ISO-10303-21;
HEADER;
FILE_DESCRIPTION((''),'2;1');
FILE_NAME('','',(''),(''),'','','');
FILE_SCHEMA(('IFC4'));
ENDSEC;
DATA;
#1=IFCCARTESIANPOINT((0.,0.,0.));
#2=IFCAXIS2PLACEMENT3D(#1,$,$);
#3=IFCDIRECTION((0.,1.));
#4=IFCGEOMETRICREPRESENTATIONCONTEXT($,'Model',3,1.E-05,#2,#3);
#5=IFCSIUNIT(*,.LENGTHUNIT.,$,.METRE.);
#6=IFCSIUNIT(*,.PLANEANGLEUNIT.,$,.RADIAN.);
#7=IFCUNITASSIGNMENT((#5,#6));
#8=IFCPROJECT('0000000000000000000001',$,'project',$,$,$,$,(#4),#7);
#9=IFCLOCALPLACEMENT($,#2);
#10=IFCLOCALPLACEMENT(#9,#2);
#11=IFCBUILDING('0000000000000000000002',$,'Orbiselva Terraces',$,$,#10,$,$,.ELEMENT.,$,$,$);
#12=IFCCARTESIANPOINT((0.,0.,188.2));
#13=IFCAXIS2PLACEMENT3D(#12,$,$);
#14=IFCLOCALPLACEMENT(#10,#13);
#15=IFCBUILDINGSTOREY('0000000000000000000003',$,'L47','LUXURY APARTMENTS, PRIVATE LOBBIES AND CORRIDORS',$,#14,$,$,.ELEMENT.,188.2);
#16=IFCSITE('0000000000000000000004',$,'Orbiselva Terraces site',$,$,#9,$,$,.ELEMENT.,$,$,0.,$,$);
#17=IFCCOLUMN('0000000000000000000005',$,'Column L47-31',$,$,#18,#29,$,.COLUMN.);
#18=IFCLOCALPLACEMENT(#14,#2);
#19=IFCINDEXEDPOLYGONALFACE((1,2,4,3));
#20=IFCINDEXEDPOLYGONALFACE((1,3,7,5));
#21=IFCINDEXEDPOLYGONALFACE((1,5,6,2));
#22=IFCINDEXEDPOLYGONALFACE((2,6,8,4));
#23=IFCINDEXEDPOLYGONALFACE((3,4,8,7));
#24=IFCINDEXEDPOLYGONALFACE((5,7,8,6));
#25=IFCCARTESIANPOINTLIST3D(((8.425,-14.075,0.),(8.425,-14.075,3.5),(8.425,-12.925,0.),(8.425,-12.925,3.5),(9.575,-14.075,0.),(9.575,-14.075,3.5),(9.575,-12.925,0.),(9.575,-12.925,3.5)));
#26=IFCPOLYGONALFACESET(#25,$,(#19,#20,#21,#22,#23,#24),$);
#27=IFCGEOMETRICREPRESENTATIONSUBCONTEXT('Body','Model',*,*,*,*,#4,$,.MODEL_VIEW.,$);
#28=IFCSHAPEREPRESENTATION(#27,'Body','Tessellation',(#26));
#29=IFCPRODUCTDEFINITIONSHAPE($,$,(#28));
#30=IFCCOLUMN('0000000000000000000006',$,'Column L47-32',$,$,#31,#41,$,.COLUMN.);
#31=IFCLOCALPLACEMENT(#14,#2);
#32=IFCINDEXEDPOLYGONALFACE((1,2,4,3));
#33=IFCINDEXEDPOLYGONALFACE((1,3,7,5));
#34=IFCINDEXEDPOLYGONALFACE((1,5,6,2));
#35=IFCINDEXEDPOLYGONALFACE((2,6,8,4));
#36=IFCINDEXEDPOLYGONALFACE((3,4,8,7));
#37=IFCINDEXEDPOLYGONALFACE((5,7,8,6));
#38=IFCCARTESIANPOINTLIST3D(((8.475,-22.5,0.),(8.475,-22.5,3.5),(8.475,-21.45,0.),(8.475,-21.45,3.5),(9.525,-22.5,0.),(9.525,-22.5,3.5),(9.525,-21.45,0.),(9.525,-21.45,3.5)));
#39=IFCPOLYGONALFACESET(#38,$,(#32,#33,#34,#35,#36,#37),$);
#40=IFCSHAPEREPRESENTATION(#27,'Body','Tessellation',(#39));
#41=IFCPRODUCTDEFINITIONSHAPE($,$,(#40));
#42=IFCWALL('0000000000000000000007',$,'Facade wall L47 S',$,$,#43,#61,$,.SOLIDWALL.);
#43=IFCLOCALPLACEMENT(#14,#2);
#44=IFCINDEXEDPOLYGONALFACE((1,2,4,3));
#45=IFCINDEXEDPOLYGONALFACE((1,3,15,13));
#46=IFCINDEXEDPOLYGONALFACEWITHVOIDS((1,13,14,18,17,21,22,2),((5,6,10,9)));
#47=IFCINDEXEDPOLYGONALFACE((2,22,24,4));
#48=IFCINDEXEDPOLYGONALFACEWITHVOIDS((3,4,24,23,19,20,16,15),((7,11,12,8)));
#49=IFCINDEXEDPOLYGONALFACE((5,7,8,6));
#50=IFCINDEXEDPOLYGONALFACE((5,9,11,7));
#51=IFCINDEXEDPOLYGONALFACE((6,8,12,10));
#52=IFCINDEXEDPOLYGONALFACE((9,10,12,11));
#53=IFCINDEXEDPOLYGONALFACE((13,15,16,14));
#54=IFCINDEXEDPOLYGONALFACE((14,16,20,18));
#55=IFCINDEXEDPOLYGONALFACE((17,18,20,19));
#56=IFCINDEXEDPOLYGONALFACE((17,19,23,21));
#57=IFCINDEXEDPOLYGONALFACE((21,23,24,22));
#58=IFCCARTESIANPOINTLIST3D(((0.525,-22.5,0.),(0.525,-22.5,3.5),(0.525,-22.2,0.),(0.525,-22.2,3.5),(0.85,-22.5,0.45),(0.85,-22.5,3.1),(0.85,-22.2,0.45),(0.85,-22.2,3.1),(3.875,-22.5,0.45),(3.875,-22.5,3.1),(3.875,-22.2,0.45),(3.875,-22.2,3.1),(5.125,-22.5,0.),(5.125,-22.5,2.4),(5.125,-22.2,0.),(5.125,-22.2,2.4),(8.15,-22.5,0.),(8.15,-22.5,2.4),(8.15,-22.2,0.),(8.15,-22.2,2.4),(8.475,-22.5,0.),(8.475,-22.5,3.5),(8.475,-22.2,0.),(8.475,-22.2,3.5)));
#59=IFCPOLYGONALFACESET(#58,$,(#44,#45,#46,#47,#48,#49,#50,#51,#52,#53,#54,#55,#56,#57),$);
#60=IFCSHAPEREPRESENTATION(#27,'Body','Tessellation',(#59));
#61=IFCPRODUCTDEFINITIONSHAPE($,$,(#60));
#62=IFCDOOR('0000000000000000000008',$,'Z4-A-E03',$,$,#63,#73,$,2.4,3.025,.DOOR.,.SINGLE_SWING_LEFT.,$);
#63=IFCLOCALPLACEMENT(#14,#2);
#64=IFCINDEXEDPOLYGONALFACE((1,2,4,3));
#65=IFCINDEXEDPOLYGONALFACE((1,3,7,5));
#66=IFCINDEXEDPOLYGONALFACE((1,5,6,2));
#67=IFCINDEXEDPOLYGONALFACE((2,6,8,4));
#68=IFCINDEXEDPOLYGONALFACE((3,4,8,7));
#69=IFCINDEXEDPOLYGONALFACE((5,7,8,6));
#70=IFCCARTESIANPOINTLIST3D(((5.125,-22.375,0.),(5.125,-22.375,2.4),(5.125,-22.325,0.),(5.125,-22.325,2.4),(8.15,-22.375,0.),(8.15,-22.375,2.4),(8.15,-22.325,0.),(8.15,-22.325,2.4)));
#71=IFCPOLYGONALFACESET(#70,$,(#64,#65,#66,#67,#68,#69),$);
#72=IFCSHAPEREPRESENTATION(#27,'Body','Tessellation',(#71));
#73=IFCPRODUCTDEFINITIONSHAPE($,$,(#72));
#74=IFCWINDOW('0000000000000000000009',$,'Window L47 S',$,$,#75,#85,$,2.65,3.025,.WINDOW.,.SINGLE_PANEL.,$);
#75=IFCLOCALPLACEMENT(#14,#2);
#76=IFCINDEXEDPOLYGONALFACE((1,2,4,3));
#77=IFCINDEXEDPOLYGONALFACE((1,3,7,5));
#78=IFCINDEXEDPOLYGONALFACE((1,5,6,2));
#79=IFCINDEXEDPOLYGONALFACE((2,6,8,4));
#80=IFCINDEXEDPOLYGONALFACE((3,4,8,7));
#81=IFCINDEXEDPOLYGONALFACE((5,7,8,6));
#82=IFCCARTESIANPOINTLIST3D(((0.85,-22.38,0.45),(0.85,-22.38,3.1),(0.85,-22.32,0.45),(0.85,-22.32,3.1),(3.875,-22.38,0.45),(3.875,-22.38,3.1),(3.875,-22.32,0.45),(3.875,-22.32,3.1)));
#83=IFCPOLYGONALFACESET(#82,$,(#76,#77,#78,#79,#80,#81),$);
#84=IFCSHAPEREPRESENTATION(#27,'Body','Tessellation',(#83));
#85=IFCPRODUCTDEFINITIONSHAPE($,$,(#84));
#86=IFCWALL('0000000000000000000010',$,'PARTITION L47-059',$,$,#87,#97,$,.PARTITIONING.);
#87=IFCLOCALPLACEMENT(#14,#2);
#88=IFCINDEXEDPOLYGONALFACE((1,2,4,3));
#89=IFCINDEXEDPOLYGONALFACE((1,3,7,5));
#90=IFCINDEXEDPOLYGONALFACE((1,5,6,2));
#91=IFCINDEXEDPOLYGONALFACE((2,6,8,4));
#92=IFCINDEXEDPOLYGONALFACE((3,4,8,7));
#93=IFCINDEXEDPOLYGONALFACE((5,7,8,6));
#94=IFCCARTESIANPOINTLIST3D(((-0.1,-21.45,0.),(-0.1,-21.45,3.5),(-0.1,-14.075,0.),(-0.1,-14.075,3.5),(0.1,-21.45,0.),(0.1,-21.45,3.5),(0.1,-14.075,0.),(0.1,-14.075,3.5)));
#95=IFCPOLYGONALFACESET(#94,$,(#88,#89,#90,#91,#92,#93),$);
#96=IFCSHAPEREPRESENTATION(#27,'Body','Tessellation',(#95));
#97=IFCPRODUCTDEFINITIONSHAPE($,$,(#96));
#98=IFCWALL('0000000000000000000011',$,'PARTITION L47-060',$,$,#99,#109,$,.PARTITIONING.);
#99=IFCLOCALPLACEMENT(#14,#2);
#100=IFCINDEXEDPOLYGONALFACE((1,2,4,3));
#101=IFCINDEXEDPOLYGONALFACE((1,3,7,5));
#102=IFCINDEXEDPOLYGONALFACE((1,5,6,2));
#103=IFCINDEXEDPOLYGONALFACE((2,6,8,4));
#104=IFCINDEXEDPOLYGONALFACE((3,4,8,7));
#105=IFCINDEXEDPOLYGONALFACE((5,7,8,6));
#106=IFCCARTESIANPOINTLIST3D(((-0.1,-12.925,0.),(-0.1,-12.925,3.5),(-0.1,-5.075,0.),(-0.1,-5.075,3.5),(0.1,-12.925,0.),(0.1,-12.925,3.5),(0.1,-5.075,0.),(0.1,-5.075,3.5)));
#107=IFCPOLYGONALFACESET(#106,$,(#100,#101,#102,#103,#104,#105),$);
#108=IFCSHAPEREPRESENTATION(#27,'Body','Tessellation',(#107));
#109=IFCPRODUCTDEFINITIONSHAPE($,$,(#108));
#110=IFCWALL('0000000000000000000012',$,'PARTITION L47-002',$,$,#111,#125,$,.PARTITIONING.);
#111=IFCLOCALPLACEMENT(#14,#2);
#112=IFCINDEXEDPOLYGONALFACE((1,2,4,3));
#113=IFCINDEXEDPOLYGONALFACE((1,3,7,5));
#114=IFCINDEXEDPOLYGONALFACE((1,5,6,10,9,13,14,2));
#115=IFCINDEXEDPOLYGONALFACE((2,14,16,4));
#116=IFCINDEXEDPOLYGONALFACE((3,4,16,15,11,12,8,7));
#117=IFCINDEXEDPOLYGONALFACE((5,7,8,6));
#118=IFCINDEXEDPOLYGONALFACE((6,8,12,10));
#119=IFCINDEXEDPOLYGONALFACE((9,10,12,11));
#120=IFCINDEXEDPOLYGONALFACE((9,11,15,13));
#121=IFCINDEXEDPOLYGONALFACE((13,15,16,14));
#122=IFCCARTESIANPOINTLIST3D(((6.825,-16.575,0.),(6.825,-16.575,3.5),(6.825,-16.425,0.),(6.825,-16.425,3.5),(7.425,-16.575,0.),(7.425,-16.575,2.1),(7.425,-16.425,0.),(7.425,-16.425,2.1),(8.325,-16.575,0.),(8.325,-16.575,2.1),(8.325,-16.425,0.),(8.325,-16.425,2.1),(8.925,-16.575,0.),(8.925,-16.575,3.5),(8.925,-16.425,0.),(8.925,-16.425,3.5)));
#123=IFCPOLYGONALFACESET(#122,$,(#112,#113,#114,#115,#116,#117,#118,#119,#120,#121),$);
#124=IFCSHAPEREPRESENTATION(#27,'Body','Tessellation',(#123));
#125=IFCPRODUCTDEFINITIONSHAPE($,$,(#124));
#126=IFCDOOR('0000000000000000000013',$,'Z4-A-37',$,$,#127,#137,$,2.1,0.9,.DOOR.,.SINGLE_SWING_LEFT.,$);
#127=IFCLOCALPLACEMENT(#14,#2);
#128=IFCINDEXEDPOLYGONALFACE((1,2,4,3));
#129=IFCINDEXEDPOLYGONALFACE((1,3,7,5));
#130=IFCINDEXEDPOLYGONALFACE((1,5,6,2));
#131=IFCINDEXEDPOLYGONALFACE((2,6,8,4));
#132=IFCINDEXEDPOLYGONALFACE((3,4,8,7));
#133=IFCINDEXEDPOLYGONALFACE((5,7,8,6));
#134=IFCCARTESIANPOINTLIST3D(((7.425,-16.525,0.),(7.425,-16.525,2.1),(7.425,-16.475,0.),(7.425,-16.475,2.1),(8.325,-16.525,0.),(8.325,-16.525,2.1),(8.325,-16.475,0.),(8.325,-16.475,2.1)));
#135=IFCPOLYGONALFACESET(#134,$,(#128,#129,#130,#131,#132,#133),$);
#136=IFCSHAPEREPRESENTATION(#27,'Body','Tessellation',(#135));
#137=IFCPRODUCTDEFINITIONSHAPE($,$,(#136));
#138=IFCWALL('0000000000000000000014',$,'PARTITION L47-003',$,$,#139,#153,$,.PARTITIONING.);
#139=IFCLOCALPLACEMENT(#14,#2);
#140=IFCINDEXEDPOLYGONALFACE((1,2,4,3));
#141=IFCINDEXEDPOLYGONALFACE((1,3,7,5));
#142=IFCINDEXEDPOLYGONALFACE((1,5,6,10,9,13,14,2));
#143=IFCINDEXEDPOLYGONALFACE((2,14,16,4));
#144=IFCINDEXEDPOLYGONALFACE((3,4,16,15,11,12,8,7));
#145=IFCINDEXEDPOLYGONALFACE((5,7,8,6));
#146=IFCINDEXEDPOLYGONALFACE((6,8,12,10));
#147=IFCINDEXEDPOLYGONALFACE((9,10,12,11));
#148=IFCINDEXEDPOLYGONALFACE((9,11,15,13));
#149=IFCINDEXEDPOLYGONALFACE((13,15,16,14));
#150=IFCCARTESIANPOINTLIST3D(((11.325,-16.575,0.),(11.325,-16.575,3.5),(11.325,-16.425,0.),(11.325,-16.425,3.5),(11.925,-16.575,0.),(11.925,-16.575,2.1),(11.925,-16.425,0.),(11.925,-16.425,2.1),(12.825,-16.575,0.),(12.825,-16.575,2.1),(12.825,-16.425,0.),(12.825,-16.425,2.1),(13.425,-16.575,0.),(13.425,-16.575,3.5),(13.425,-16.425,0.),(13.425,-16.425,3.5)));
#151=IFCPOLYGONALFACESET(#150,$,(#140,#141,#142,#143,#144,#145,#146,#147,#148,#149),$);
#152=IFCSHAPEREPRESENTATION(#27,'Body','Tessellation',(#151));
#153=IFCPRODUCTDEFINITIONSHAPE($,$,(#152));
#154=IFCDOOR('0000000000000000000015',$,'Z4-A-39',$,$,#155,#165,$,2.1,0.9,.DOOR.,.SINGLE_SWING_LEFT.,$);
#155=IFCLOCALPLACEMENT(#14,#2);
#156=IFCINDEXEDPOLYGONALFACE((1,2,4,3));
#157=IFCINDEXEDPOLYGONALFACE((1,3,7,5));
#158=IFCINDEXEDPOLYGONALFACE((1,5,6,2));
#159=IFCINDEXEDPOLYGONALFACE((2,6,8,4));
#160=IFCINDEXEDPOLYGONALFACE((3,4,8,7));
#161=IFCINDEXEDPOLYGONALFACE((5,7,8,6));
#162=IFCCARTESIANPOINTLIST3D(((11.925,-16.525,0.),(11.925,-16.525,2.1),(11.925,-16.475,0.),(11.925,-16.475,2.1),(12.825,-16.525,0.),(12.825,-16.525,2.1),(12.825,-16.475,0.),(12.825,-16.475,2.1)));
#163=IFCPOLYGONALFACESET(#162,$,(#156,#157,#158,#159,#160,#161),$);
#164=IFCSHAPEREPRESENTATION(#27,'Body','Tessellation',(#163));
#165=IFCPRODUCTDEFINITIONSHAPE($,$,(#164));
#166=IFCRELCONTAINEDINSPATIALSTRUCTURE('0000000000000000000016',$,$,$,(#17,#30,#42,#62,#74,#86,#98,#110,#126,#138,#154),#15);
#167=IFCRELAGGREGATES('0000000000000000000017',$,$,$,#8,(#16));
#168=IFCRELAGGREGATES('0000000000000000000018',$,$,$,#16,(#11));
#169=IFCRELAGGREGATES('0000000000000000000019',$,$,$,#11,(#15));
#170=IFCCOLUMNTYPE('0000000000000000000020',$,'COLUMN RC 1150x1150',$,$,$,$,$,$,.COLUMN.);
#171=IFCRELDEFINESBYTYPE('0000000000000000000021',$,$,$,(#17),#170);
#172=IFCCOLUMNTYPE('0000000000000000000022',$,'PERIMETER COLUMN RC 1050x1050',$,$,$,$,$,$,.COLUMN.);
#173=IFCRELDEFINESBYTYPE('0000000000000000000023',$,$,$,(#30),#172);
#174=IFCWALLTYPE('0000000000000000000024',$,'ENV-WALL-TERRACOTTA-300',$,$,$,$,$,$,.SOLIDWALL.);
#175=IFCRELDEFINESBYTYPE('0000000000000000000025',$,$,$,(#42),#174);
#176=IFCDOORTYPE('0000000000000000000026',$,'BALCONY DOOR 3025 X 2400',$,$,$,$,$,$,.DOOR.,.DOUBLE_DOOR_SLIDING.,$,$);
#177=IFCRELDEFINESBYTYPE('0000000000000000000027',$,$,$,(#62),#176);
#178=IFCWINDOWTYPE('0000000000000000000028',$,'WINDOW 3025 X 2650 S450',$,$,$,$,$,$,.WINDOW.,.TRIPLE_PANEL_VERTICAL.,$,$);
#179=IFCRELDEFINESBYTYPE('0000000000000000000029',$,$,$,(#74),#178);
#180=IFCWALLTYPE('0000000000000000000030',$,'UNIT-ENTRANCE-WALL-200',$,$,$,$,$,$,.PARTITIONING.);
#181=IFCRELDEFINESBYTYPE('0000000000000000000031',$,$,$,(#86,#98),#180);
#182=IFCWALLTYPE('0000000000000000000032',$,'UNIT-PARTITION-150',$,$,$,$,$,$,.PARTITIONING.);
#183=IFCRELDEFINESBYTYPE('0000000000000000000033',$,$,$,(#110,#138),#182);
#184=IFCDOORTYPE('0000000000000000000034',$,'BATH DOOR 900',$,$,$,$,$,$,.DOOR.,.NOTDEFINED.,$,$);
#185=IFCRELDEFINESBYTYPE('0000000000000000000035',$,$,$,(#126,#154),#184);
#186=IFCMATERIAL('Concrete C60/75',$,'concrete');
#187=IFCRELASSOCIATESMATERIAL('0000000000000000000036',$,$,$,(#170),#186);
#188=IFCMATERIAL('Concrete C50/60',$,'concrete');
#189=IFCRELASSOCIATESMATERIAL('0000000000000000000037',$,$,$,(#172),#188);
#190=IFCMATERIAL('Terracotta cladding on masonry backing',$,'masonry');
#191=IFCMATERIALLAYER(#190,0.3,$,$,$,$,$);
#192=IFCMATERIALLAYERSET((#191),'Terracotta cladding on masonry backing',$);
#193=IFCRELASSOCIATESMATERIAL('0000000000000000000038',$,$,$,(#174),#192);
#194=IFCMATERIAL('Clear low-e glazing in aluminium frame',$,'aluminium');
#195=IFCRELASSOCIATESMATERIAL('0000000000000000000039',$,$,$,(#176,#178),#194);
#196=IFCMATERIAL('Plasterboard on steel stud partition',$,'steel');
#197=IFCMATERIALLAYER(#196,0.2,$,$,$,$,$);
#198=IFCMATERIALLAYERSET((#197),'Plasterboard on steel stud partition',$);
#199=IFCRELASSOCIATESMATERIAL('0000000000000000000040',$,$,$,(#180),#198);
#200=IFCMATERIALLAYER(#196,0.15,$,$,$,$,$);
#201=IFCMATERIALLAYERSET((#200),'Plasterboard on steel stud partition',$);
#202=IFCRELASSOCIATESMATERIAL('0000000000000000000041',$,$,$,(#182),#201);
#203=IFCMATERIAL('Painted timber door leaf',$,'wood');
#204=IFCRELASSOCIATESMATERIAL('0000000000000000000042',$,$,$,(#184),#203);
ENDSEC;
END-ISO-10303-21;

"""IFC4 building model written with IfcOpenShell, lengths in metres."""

from ifc_helpers import new_model, si_unit, direction, frame, frame_2d, origin, origin_2d, place, context, subcontext, project, spatial, rectangle, extrude, material, layer, layer_set, material_profile, profile_set, type_object, element, fill, save


model = new_model("IFC4")

# Units and contexts
model_context = context("Model", 3, precision=1e-05, world=origin(), true_north=direction((0.0, 1.0)))
body_context = subcontext(model_context, "Body", "Model", "MODEL_VIEW")
ifc_project = project(units=[si_unit("LENGTHUNIT", "METRE"), si_unit("PLANEANGLEUNIT", "RADIAN")], contexts=[model_context])

# Site, building, storey
site_placement = place(None, origin())
site = spatial("IfcSite", under=ifc_project, at=site_placement, Name="Orbiselva Terraces site", CompositionType="ELEMENT", RefElevation=0.0)
building_placement = place(site_placement, origin())
building = spatial("IfcBuilding", under=site, at=building_placement, Name="Orbiselva Terraces", CompositionType="ELEMENT")
storey_placement = place(building_placement, frame((0.0, 0.0, 188.2)))
storey = spatial("IfcBuildingStorey", under=building, at=storey_placement, Name="L47", Description="LUXURY APARTMENTS, PRIVATE LOBBIES AND CORRIDORS", CompositionType="ELEMENT", Elevation=188.2)

# Columns
ifc_material_1 = material(Name="Concrete C60/75", Category="concrete")
ifc_material_profile_1 = material_profile(ifc_material_1, rectangle(XDim=1.15, YDim=1.15, at=origin_2d()), Name="RC 1150x1150")
ifc_profile_set_1 = profile_set([ifc_material_profile_1], Name="Concrete C60/75")
column_type_1 = type_object("IfcColumnType", Name="COLUMN RC 1150x1150", PredefinedType="COLUMN", material=ifc_profile_set_1)
column_1_placement = place(storey_placement, frame((9.0, -13.5, 0.0), z_axis=(0.0, 0.0, 1.0), x_axis=(1.0, 0.0, 0.0)))
element("IfcColumn", 1, at=column_1_placement, inside=storey, type_object=column_type_1, Name="Column L47-31", PredefinedType="COLUMN", context=body_context, shape_type="SweptSolid", body=[
    extrude(rectangle(XDim=1.15, YDim=1.15, at=origin_2d()), origin(), (0.0, 0.0, 1.0), 3.5),
])
ifc_material_2 = material(Name="Concrete C50/60", Category="concrete")
ifc_material_profile_2 = material_profile(ifc_material_2, rectangle(XDim=1.05, YDim=1.05, at=origin_2d()), Name="RC 1050x1050")
ifc_profile_set_2 = profile_set([ifc_material_profile_2], Name="Concrete C50/60")
column_type_2 = type_object("IfcColumnType", Name="PERIMETER COLUMN RC 1050x1050", PredefinedType="COLUMN", material=ifc_profile_set_2)
column_2_placement = place(storey_placement, frame((9.0, -21.975, 0.0), z_axis=(0.0, 0.0, 1.0), x_axis=(1.0, 0.0, 0.0)))
element("IfcColumn", 2, at=column_2_placement, inside=storey, type_object=column_type_2, Name="Column L47-32", PredefinedType="COLUMN", context=body_context, shape_type="SweptSolid", body=[
    extrude(rectangle(XDim=1.05, YDim=1.05, at=origin_2d()), origin(), (0.0, 0.0, 1.0), 3.5),
])

# Wall, openings, door, window
ifc_material_3 = material(Name="Terracotta cladding on masonry backing", Category="masonry")
ifc_layer_1 = layer(ifc_material_3, 0.3)
ifc_layer_set_1 = layer_set([ifc_layer_1], Name="Terracotta cladding on masonry backing")
wall_type_1 = type_object("IfcWallType", Name="ENV-WALL-TERRACOTTA-300", PredefinedType="SOLIDWALL", material=ifc_layer_set_1)
wall_1_placement = place(storey_placement, frame((8.475, -22.35, 0.0), z_axis=(0.0, 0.0, 1.0), x_axis=(-1.0, 0.0, 0.0)))
wall_1 = element("IfcWall", 3, at=wall_1_placement, inside=storey, type_object=wall_type_1, Name="Facade wall L47 S", PredefinedType="SOLIDWALL", context=body_context, shape_type="SweptSolid", body=[
    extrude(rectangle(XDim=7.95, YDim=0.3, at=frame_2d((3.975, 0.0))), origin(), (0.0, 0.0, 1.0), 3.5),
])
opening_1_placement = place(wall_1_placement, frame((4.6, 0.0, 0.45)))
opening_1 = element("IfcOpeningElement", 4, at=opening_1_placement, cuts=wall_1, PredefinedType="OPENING", context=body_context, shape_type="SweptSolid", body=[
    extrude(rectangle(XDim=3.025, YDim=2.65, at=frame_2d((1.5125, 1.325))), frame((0.0, 0.16, 0.0), z_axis=(0.0, -1.0, 0.0), x_axis=(1.0, 0.0, 0.0)), (0.0, 0.0, 1.0), 0.32),
])
opening_2_placement = place(wall_1_placement, frame((0.325, 0.0, 0.0)))
opening_2 = element("IfcOpeningElement", 5, at=opening_2_placement, cuts=wall_1, PredefinedType="OPENING", context=body_context, shape_type="SweptSolid", body=[
    extrude(rectangle(XDim=3.025, YDim=2.4, at=frame_2d((1.5125, 1.2))), frame((0.0, 0.16, 0.0), z_axis=(0.0, -1.0, 0.0), x_axis=(1.0, 0.0, 0.0)), (0.0, 0.0, 1.0), 0.32),
])
ifc_material_4 = material(Name="Clear low-e glazing in aluminium frame", Category="aluminium")
door_type_1 = type_object("IfcDoorType", Name="BALCONY DOOR 3025 X 2400", OperationType="DOUBLE_DOOR_SLIDING", PredefinedType="DOOR", material=ifc_material_4)
door_1_placement = place(opening_2_placement, origin())
door_1 = element("IfcDoor", 6, at=door_1_placement, inside=storey, type_object=door_type_1, Name="Z4-A-E03", OperationType="SINGLE_SWING_LEFT", OverallHeight=2.4, OverallWidth=3.025, PredefinedType="DOOR", context=body_context, shape_type="SweptSolid", body=[
    extrude(rectangle(XDim=3.025, YDim=2.4, at=frame_2d((1.5125, 1.2))), frame((0.0, 0.025, 0.0), z_axis=(0.0, -1.0, 0.0), x_axis=(1.0, 0.0, 0.0)), (0.0, 0.0, 1.0), 0.05),
])
fill(opening_2, door_1)
window_type = type_object("IfcWindowType", Name="WINDOW 3025 X 2650 S450", PartitioningType="TRIPLE_PANEL_VERTICAL", PredefinedType="WINDOW", material=ifc_material_4)
window_placement = place(opening_1_placement, origin())
window = element("IfcWindow", 7, at=window_placement, inside=storey, type_object=window_type, Name="Window L47 S", OverallHeight=2.65, OverallWidth=3.025, PartitioningType="SINGLE_PANEL", PredefinedType="WINDOW", context=body_context, shape_type="SweptSolid", body=[
    extrude(rectangle(XDim=3.025, YDim=2.65, at=frame_2d((1.5125, 1.325))), frame((0.0, 0.03, 0.0), z_axis=(0.0, -1.0, 0.0), x_axis=(1.0, 0.0, 0.0)), (0.0, 0.0, 1.0), 0.06),
])
fill(opening_1, window)

# Walls
ifc_material_5 = material(Name="Plasterboard on steel stud partition", Category="steel")
ifc_layer_2 = layer(ifc_material_5, 0.2)
ifc_layer_set_2 = layer_set([ifc_layer_2], Name="Plasterboard on steel stud partition")
wall_type_2 = type_object("IfcWallType", Name="UNIT-ENTRANCE-WALL-200", PredefinedType="PARTITIONING", material=ifc_layer_set_2)
wall_2_placement = place(storey_placement, frame((0.0, -21.45, 0.0), z_axis=(0.0, 0.0, 1.0), x_axis=(0.0, 1.0, 0.0)))
element("IfcWall", 8, at=wall_2_placement, inside=storey, type_object=wall_type_2, Name="PARTITION L47-059", PredefinedType="PARTITIONING", context=body_context, shape_type="SweptSolid", body=[
    extrude(rectangle(XDim=7.375, YDim=0.2, at=frame_2d((3.6875, 0.0))), origin(), (0.0, 0.0, 1.0), 3.5),
])
wall_3_placement = place(storey_placement, frame((0.0, -12.925, 0.0), z_axis=(0.0, 0.0, 1.0), x_axis=(0.0, 1.0, 0.0)))
element("IfcWall", 9, at=wall_3_placement, inside=storey, type_object=wall_type_2, Name="PARTITION L47-060", PredefinedType="PARTITIONING", context=body_context, shape_type="SweptSolid", body=[
    extrude(rectangle(XDim=7.85, YDim=0.2, at=frame_2d((3.925, 0.0))), origin(), (0.0, 0.0, 1.0), 3.5),
])

# Walls, openings, doors
ifc_layer_3 = layer(ifc_material_5, 0.15)
ifc_layer_set_3 = layer_set([ifc_layer_3], Name="Plasterboard on steel stud partition")
wall_type_3 = type_object("IfcWallType", Name="UNIT-PARTITION-150", PredefinedType="PARTITIONING", material=ifc_layer_set_3)
wall_4_placement = place(storey_placement, frame((6.825, -16.5, 0.0), z_axis=(0.0, 0.0, 1.0), x_axis=(1.0, 0.0, 0.0)))
wall_4 = element("IfcWall", 10, at=wall_4_placement, inside=storey, type_object=wall_type_3, Name="PARTITION L47-002", PredefinedType="PARTITIONING", context=body_context, shape_type="SweptSolid", body=[
    extrude(rectangle(XDim=2.1, YDim=0.15, at=frame_2d((1.05, 0.0))), origin(), (0.0, 0.0, 1.0), 3.5),
])
opening_3_placement = place(wall_4_placement, frame((0.6, 0.0, 0.0)))
opening_3 = element("IfcOpeningElement", 11, at=opening_3_placement, cuts=wall_4, PredefinedType="OPENING", context=body_context, shape_type="SweptSolid", body=[
    extrude(rectangle(XDim=0.9, YDim=2.1, at=frame_2d((0.45, 1.05))), frame((0.0, 0.085, 0.0), z_axis=(0.0, -1.0, 0.0), x_axis=(1.0, 0.0, 0.0)), (0.0, 0.0, 1.0), 0.17),
])
ifc_material_6 = material(Name="Painted timber door leaf", Category="wood")
door_type_2 = type_object("IfcDoorType", Name="BATH DOOR 900", OperationType="NOTDEFINED", PredefinedType="DOOR", material=ifc_material_6)
door_2_placement = place(opening_3_placement, origin())
door_2 = element("IfcDoor", 12, at=door_2_placement, inside=storey, type_object=door_type_2, Name="Z4-A-37", OperationType="SINGLE_SWING_LEFT", OverallHeight=2.1, OverallWidth=0.9, PredefinedType="DOOR", context=body_context, shape_type="SweptSolid", body=[
    extrude(rectangle(XDim=0.9, YDim=2.1, at=frame_2d((0.45, 1.05))), frame((0.0, 0.025, 0.0), z_axis=(0.0, -1.0, 0.0), x_axis=(1.0, 0.0, 0.0)), (0.0, 0.0, 1.0), 0.05),
])
fill(opening_3, door_2)
wall_5_placement = place(storey_placement, frame((11.325, -16.5, 0.0), z_axis=(0.0, 0.0, 1.0), x_axis=(1.0, 0.0, 0.0)))
wall_5 = element("IfcWall", 13, at=wall_5_placement, inside=storey, type_object=wall_type_3, Name="PARTITION L47-003", PredefinedType="PARTITIONING", context=body_context, shape_type="SweptSolid", body=[
    extrude(rectangle(XDim=2.1, YDim=0.15, at=frame_2d((1.05, 0.0))), origin(), (0.0, 0.0, 1.0), 3.5),
])
opening_4_placement = place(wall_5_placement, frame((0.6, 0.0, 0.0)))
opening_4 = element("IfcOpeningElement", 14, at=opening_4_placement, cuts=wall_5, PredefinedType="OPENING", context=body_context, shape_type="SweptSolid", body=[
    extrude(rectangle(XDim=0.9, YDim=2.1, at=frame_2d((0.45, 1.05))), frame((0.0, 0.085, 0.0), z_axis=(0.0, -1.0, 0.0), x_axis=(1.0, 0.0, 0.0)), (0.0, 0.0, 1.0), 0.17),
])
door_3_placement = place(opening_4_placement, origin())
door_3 = element("IfcDoor", 15, at=door_3_placement, inside=storey, type_object=door_type_2, Name="Z4-A-39", OperationType="SINGLE_SWING_LEFT", OverallHeight=2.1, OverallWidth=0.9, PredefinedType="DOOR", context=body_context, shape_type="SweptSolid", body=[
    extrude(rectangle(XDim=0.9, YDim=2.1, at=frame_2d((0.45, 1.05))), frame((0.0, 0.025, 0.0), z_axis=(0.0, -1.0, 0.0), x_axis=(1.0, 0.0, 0.0)), (0.0, 0.0, 1.0), 0.05),
])
fill(opening_4, door_3)

save(model, "model.ifc")
